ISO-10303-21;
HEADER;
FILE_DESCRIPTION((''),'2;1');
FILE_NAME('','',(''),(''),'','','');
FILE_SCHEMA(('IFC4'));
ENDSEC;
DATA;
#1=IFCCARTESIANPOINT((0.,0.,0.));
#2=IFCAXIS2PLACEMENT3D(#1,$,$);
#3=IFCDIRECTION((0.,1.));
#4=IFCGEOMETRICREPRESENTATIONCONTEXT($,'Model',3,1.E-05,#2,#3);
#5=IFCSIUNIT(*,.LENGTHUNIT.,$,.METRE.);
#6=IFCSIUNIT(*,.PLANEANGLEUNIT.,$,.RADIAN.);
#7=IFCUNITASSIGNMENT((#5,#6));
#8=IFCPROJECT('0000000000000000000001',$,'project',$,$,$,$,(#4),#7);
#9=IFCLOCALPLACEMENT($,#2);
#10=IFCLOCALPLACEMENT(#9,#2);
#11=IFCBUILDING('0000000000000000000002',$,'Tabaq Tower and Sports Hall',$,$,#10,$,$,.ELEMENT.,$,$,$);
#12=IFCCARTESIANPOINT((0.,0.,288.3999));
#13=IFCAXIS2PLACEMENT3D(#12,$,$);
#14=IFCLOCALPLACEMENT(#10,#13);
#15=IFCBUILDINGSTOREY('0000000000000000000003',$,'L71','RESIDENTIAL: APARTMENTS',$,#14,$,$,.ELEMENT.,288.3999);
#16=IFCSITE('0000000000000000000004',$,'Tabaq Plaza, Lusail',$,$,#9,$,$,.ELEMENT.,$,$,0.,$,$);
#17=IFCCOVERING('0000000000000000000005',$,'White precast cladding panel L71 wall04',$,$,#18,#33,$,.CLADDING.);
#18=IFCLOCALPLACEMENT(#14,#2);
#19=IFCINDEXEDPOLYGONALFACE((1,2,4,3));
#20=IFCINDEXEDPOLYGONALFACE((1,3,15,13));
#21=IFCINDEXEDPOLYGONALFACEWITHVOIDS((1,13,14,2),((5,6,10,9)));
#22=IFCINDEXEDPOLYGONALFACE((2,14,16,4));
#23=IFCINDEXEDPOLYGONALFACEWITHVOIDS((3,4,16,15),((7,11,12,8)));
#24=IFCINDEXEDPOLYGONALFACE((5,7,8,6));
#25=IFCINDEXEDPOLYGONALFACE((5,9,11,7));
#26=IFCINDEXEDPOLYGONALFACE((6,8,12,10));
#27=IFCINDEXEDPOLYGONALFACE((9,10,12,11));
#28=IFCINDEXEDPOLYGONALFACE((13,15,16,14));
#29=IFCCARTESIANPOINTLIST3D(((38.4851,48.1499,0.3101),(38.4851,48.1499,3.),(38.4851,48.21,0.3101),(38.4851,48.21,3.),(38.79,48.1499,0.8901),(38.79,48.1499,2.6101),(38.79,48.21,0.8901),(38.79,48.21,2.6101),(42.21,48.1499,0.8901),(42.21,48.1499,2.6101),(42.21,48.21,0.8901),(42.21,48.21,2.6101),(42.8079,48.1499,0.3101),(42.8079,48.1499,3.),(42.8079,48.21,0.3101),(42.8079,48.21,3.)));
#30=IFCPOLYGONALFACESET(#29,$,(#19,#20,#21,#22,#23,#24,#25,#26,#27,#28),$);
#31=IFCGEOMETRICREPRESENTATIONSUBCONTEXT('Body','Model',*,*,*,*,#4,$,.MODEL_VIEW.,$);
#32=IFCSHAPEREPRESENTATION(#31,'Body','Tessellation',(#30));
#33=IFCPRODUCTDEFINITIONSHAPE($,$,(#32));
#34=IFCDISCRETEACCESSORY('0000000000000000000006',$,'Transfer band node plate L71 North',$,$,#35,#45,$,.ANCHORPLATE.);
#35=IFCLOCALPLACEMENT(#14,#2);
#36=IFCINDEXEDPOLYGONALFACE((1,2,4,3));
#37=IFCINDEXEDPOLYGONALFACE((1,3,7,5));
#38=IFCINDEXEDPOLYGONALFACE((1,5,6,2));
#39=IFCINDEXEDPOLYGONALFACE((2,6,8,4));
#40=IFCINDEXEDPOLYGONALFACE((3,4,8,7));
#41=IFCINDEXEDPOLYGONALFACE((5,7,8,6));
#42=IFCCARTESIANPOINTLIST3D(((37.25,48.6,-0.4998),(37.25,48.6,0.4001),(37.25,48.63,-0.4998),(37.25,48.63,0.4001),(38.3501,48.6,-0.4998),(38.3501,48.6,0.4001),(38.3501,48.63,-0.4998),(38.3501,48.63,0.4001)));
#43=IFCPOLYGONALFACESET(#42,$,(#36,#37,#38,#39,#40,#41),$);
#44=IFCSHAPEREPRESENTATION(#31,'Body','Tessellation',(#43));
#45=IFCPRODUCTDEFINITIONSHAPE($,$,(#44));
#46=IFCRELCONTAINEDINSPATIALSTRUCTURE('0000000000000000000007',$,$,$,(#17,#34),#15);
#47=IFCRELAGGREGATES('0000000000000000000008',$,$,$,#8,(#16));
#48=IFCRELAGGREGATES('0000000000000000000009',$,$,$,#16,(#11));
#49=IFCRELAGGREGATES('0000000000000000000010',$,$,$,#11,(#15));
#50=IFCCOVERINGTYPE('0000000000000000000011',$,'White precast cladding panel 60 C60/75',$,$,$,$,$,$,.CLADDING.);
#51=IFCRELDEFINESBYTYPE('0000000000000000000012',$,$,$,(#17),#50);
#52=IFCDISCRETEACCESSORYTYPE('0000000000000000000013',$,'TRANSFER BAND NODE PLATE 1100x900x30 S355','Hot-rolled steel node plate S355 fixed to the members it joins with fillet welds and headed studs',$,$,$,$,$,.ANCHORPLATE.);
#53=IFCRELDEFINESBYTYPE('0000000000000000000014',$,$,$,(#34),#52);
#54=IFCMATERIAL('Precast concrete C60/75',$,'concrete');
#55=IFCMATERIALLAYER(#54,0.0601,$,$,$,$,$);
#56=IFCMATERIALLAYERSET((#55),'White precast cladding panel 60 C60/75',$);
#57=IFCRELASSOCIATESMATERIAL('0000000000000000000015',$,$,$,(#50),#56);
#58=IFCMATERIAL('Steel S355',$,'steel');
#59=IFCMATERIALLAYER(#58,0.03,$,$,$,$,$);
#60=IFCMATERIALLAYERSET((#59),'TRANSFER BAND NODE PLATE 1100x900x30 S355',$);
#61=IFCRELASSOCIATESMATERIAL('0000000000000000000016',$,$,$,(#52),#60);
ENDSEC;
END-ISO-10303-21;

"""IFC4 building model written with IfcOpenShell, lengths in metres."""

from ifc_helpers import new_model, si_unit, direction, frame, origin, origin_2d, place, context, subcontext, project, spatial, polyline, rectangle, outline, extrude, material, layer, layer_set, type_object, element, save


model = new_model("IFC4")

# Units and contexts
model_context = context("Model", 3, precision=1e-05, world=origin(), true_north=direction((0.0, 1.0)))
body_context = subcontext(model_context, "Body", "Model", "MODEL_VIEW")
ifc_project = project(units=[si_unit("LENGTHUNIT", "METRE"), si_unit("PLANEANGLEUNIT", "RADIAN")], contexts=[model_context])

# Site, building, storey
site_placement = place(None, origin())
site = spatial("IfcSite", under=ifc_project, at=site_placement, Name="Tabaq Plaza, Lusail", CompositionType="ELEMENT", RefElevation=0.0)
building_placement = place(site_placement, origin())
building = spatial("IfcBuilding", under=site, at=building_placement, Name="Tabaq Tower and Sports Hall", CompositionType="ELEMENT")
storey_placement = place(building_placement, frame((0.0, 0.0, 288.3999)))
storey = spatial("IfcBuildingStorey", under=building, at=storey_placement, Name="L71", Description="RESIDENTIAL: APARTMENTS", CompositionType="ELEMENT", Elevation=288.3999)

# Covering
ifc_material_1 = material(Name="Precast concrete C60/75", Category="concrete")
ifc_layer_1 = layer(ifc_material_1, 0.0601)
ifc_layer_set_1 = layer_set([ifc_layer_1], Name="White precast cladding panel 60 C60/75")
covering_type_1 = type_object("IfcCoveringType", Name="White precast cladding panel 60 C60/75", PredefinedType="CLADDING", material=ifc_layer_set_1)
covering_1_placement = place(storey_placement, frame((42.8079, 48.1799, 0.3101), z_axis=(0.0, 0.0, 1.0), x_axis=(-1.0, 0.0, 0.0)))
element("IfcCovering", 1, at=covering_1_placement, inside=storey, type_object=covering_type_1, Name="White precast cladding panel L71 wall04", PredefinedType="CLADDING", context=body_context, shape_type="SweptSolid", body=[
    extrude(outline(polyline([(0.0, 0.0), (4.3228, 0.0), (4.3228, 2.6899), (0.0, 2.6899), (0.0, 0.0)]), holes=[polyline([(0.5979, 0.5801), (0.5979, 2.3), (4.0178, 2.3), (4.0178, 0.5801), (0.5979, 0.5801)])]), frame((0.0, 0.03, 0.0), z_axis=(0.0, -1.0, 0.0), x_axis=(1.0, 0.0, 0.0)), (0.0, 0.0, 1.0), 0.0601),
])

# Discrete accessory
ifc_material_2 = material(Name="Steel S355", Category="steel")
ifc_layer_2 = layer(ifc_material_2, 0.03)
ifc_layer_set_2 = layer_set([ifc_layer_2], Name="TRANSFER BAND NODE PLATE 1100x900x30 S355")
discrete_accessory_type = type_object("IfcDiscreteAccessoryType", Name="TRANSFER BAND NODE PLATE 1100x900x30 S355", Description="Hot-rolled steel node plate S355 fixed to the members it joins with fillet welds and headed studs", PredefinedType="ANCHORPLATE", material=ifc_layer_set_2)
discrete_accessory_placement = place(storey_placement, frame((37.8, 48.615, -0.4998), z_axis=(0.0, 0.0, 1.0), x_axis=(-1.0, 0.0, 0.0)))
element("IfcDiscreteAccessory", 2, at=discrete_accessory_placement, inside=storey, type_object=discrete_accessory_type, Name="Transfer band node plate L71 North", PredefinedType="ANCHORPLATE", context=body_context, shape_type="SweptSolid", body=[
    extrude(rectangle(XDim=1.1001, YDim=0.03, at=origin_2d()), origin(), (0.0, 0.0, 1.0), 0.8999),
])

save(model, "model.ifc")
